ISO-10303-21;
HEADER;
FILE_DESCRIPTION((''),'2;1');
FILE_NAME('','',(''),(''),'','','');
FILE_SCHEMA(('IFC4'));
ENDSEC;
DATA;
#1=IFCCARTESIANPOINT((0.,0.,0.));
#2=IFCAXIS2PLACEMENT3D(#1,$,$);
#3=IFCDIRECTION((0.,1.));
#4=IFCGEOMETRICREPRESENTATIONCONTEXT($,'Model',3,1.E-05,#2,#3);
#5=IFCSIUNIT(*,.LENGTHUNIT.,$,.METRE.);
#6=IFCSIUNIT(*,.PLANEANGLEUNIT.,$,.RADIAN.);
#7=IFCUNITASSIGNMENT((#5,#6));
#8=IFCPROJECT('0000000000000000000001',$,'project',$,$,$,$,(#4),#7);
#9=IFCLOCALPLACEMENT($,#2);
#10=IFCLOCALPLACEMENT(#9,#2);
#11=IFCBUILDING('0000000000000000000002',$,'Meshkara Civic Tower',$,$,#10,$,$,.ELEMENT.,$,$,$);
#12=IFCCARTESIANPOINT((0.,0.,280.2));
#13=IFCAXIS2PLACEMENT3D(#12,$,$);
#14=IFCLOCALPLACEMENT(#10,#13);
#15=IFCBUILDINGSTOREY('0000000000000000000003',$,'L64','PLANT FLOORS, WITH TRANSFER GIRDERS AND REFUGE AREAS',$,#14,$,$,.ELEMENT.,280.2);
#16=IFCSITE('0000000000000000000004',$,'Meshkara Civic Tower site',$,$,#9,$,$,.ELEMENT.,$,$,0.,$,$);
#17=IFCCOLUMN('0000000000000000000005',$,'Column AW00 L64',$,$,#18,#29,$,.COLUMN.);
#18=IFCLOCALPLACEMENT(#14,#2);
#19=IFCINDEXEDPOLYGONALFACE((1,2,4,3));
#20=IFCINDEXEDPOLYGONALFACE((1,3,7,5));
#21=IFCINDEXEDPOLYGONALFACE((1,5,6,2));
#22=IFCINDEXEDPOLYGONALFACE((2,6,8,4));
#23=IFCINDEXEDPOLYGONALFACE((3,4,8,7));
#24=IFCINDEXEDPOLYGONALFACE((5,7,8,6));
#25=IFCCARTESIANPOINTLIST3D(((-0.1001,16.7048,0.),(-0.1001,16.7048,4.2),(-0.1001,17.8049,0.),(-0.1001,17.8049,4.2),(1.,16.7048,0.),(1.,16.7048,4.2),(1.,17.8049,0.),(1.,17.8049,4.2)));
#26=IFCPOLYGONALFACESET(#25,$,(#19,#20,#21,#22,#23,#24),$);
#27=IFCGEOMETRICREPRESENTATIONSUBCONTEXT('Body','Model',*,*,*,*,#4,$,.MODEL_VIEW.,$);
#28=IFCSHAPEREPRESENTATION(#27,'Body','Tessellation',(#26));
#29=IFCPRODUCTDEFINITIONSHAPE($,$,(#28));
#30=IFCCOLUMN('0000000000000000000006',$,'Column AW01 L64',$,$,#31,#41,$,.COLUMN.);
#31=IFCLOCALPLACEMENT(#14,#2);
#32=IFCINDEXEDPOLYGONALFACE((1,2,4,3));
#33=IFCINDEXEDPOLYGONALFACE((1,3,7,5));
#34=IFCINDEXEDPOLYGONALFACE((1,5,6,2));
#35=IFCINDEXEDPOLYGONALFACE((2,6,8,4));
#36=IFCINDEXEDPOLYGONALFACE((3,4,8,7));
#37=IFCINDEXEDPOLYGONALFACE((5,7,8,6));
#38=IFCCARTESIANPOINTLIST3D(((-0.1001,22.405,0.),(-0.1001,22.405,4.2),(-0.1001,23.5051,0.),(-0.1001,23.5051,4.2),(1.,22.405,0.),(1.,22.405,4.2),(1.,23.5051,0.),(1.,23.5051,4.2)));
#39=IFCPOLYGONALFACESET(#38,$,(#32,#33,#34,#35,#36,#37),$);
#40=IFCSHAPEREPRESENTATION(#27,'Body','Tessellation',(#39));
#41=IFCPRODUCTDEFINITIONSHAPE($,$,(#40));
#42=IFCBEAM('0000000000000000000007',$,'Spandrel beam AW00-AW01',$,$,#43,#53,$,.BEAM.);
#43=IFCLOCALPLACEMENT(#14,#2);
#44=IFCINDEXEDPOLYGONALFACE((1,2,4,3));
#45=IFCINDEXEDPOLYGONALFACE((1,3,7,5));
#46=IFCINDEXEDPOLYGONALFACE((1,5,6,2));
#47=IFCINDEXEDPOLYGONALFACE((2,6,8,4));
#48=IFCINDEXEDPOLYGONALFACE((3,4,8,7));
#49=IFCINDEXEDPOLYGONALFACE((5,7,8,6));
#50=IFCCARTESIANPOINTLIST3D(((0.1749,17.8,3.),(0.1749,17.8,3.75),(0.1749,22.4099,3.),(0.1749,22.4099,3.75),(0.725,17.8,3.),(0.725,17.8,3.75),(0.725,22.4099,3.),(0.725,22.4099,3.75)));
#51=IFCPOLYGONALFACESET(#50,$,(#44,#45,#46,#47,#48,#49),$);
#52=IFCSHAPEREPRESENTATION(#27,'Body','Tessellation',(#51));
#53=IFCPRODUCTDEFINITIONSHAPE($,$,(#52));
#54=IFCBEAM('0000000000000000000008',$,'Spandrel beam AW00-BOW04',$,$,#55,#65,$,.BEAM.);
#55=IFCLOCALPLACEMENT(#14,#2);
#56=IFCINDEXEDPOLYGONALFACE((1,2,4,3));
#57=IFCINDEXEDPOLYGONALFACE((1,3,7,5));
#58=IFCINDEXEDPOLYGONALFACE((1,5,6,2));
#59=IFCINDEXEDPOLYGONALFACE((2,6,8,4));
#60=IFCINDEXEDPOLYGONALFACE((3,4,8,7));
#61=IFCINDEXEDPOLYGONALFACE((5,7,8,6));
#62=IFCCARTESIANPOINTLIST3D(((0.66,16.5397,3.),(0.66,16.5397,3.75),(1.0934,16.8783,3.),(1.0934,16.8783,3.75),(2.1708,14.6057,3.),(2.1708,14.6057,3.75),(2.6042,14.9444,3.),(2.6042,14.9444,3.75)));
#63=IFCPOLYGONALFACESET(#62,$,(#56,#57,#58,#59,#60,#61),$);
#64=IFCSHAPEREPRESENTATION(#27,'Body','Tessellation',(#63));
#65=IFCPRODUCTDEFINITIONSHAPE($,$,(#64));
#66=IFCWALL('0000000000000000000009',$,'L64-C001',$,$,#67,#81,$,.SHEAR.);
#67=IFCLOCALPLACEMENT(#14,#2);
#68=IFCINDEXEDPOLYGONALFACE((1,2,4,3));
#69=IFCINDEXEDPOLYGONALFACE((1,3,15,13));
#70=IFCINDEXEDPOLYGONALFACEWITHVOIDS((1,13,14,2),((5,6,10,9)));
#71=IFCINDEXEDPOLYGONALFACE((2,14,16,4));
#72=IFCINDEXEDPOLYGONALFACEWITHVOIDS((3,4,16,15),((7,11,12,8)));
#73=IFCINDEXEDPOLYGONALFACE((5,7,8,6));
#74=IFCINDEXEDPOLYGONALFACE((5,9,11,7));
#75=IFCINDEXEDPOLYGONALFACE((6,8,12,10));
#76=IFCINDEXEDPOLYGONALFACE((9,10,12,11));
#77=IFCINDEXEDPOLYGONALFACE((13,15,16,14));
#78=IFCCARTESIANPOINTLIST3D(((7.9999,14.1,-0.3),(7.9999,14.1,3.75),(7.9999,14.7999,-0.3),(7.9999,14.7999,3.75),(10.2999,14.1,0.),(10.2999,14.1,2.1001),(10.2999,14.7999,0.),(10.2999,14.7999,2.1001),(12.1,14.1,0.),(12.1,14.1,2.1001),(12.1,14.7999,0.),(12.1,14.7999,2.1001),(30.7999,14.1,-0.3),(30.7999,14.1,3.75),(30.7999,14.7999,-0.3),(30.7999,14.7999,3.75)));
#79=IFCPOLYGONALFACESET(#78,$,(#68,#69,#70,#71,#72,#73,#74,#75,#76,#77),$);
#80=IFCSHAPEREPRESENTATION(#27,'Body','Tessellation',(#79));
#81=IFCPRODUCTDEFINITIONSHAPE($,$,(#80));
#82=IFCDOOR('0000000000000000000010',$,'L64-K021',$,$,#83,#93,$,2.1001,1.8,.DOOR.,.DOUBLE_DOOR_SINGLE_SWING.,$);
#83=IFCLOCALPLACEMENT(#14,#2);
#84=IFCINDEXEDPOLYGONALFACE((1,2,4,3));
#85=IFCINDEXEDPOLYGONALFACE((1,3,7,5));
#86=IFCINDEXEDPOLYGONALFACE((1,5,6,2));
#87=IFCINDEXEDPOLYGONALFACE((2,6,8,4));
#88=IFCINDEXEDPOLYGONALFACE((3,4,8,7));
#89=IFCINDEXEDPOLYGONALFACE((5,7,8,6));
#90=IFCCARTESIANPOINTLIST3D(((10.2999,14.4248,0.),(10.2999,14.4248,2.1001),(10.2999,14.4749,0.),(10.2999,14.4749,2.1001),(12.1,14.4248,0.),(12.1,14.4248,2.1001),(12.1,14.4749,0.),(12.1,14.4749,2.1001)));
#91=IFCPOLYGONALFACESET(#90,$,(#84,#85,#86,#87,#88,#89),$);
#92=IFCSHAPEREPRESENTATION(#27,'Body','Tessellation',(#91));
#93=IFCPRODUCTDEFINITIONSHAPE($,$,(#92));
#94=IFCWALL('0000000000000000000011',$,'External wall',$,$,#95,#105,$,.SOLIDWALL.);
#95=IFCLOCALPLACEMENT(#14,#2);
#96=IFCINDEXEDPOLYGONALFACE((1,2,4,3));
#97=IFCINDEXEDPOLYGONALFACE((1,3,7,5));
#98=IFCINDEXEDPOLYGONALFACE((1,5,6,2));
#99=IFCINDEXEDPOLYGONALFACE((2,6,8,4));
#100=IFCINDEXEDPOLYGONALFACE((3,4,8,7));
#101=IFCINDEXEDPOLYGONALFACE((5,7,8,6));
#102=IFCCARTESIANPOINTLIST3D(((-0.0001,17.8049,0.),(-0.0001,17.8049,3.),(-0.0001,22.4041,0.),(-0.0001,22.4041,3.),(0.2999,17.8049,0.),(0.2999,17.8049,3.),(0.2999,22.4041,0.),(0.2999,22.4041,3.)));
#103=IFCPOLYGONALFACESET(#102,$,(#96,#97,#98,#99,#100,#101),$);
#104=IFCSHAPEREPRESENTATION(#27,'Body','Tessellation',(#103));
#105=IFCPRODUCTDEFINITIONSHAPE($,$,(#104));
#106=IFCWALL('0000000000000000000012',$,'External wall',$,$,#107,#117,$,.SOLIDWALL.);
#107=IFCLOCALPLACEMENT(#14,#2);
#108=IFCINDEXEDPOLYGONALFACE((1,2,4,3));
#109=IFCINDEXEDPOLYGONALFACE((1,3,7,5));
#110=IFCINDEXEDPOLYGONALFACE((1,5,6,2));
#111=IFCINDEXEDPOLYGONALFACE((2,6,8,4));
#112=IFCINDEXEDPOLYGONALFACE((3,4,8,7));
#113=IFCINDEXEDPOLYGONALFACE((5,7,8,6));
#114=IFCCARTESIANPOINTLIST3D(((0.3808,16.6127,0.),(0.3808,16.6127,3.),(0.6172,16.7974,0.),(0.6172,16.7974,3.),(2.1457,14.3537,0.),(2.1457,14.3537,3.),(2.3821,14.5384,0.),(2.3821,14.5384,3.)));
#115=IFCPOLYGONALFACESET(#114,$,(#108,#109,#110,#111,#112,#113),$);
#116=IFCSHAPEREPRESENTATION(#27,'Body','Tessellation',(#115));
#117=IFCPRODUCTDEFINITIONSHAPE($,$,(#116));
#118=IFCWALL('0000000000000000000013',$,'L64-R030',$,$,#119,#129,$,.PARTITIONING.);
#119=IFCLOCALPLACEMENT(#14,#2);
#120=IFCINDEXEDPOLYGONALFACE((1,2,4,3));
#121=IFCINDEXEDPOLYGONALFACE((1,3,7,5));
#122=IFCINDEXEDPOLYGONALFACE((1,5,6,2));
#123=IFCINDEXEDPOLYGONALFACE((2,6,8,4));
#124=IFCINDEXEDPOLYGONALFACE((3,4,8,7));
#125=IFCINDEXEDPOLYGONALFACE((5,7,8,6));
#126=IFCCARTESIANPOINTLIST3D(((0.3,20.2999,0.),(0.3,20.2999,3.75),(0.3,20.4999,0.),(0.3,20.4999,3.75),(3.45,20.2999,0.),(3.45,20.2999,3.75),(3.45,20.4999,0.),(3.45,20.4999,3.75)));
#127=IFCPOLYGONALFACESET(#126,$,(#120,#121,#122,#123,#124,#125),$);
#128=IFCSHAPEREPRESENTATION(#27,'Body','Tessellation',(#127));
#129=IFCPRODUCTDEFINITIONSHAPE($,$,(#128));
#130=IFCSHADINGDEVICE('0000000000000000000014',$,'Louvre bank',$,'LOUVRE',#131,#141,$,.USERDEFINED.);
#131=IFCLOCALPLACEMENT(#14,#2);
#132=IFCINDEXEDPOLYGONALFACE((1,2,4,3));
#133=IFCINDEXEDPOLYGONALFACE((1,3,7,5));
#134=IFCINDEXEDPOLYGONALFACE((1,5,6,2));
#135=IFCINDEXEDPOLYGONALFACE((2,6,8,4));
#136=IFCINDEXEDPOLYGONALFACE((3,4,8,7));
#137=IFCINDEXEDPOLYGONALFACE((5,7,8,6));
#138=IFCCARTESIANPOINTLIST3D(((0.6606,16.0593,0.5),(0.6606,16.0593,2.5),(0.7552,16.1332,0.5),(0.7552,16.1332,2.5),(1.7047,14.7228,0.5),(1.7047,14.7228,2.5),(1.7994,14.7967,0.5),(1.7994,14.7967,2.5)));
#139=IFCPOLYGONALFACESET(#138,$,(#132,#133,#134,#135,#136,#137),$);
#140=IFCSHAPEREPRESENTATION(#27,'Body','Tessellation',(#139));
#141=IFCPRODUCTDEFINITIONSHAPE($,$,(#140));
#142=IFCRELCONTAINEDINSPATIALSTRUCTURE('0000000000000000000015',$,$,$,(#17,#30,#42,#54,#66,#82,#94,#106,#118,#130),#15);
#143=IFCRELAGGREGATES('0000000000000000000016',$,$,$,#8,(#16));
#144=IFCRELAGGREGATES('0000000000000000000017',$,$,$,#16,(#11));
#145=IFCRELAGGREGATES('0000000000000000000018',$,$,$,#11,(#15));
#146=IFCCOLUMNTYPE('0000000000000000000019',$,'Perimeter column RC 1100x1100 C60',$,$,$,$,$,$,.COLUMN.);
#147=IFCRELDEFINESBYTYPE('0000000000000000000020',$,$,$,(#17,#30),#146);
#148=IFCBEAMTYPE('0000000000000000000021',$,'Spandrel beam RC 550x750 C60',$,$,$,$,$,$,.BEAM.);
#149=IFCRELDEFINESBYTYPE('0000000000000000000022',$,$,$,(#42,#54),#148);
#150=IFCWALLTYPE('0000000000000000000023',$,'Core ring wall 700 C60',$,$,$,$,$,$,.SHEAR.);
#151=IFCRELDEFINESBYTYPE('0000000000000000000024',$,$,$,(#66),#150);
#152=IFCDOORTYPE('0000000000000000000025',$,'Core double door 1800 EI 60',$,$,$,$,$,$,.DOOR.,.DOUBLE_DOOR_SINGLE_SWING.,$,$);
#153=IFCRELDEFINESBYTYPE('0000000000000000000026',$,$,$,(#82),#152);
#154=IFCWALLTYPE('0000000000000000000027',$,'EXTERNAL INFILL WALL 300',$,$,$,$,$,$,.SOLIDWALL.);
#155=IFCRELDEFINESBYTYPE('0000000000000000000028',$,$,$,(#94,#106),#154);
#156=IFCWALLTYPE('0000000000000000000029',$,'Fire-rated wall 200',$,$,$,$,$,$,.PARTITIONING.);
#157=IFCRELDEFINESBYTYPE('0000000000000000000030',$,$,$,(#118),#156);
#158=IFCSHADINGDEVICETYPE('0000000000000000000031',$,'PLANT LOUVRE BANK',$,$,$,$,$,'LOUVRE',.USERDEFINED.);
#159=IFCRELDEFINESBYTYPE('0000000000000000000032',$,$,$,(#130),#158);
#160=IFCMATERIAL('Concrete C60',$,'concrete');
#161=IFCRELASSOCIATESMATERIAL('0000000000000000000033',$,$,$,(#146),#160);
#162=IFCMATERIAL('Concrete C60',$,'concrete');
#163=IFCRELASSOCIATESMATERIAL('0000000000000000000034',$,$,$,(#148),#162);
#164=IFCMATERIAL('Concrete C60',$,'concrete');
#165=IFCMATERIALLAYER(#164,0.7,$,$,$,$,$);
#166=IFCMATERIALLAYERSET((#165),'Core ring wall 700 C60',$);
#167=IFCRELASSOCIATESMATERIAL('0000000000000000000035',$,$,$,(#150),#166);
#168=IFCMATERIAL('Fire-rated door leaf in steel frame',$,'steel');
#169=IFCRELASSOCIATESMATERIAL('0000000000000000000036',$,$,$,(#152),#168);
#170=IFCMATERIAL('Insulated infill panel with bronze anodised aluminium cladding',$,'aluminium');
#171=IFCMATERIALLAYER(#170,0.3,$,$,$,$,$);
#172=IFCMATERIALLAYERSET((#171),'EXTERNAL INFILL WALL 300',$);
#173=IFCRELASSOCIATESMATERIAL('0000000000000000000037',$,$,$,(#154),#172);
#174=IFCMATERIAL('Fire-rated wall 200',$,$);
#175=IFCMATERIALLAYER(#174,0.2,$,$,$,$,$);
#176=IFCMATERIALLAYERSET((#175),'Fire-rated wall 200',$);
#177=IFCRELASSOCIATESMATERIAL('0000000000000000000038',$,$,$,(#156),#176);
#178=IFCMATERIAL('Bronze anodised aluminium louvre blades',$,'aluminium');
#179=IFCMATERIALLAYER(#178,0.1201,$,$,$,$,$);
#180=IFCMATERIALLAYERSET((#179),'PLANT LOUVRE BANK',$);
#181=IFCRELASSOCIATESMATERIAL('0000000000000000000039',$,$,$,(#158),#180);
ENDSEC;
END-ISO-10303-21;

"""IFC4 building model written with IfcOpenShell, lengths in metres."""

from ifc_helpers import new_model, si_unit, direction, frame, frame_2d, origin, origin_2d, place, context, subcontext, project, spatial, rectangle, extrude, material, layer, layer_set, material_profile, profile_set, type_object, element, fill, save


model = new_model("IFC4")

# Units and contexts
model_context = context("Model", 3, precision=1e-05, world=origin(), true_north=direction((0.0, 1.0)))
body_context = subcontext(model_context, "Body", "Model", "MODEL_VIEW")
ifc_project = project(units=[si_unit("LENGTHUNIT", "METRE"), si_unit("PLANEANGLEUNIT", "RADIAN")], contexts=[model_context])

# Site, building, storey
site_placement = place(None, origin())
site = spatial("IfcSite", under=ifc_project, at=site_placement, Name="Meshkara Civic Tower site", CompositionType="ELEMENT", RefElevation=0.0)
building_placement = place(site_placement, origin())
building = spatial("IfcBuilding", under=site, at=building_placement, Name="Meshkara Civic Tower", CompositionType="ELEMENT")
storey_placement = place(building_placement, frame((0.0, 0.0, 280.2)))
storey = spatial("IfcBuildingStorey", under=building, at=storey_placement, Name="L64", Description="PLANT FLOORS, WITH TRANSFER GIRDERS AND REFUGE AREAS", CompositionType="ELEMENT", Elevation=280.2)

# Columns
ifc_material_1 = material(Name="Concrete C60", Category="concrete")
ifc_material_profile_1 = material_profile(ifc_material_1, rectangle(XDim=1.1001, YDim=1.1001, at=origin_2d()))
ifc_profile_set_1 = profile_set([ifc_material_profile_1], Name="Concrete C60")
column_type = type_object("IfcColumnType", Name="Perimeter column RC 1100x1100 C60", PredefinedType="COLUMN", material=ifc_profile_set_1)
for number, where, z_axis, x_axis, name in (
    (1, (0.45, 17.2549, 0.0), (0.0, 0.0, 1.0), (1.0, 0.0, 0.0), "Column AW00 L64"),
    (2, (0.45, 22.9551, 0.0), (0.0, 0.0, 1.0), (1.0, 0.0, 0.0), "Column AW01 L64"),
):
    element("IfcColumn", number, at=place(storey_placement, frame(where, z_axis=z_axis, x_axis=x_axis)), inside=storey, type_object=column_type, Name=name, PredefinedType="COLUMN", context=body_context, shape_type="SweptSolid", body=[
        extrude(rectangle(XDim=1.1001, YDim=1.1001, at=origin_2d()), origin(), (0.0, 0.0, 1.0), 4.2),
    ])

# Beams
ifc_material_2 = material(Name="Concrete C60", Category="concrete")
ifc_material_profile_2 = material_profile(ifc_material_2, rectangle(XDim=0.55, YDim=0.75, at=origin_2d()))
ifc_profile_set_2 = profile_set([ifc_material_profile_2], Name="Concrete C60")
beam_type = type_object("IfcBeamType", Name="Spandrel beam RC 550x750 C60", PredefinedType="BEAM", material=ifc_profile_set_2)
beam_1_placement = place(storey_placement, frame((0.45, 22.4099, 3.375), z_axis=(0.0, -1.0, 0.0), x_axis=(1.0, 0.0, 0.0)))
element("IfcBeam", 3, at=beam_1_placement, inside=storey, type_object=beam_type, Name="Spandrel beam AW00-AW01", PredefinedType="BEAM", context=body_context, shape_type="SweptSolid", body=[
    extrude(rectangle(XDim=0.55, YDim=0.75, at=origin_2d()), origin(), (0.0, 0.0, 1.0), 4.6099),
])
beam_2_placement = place(storey_placement, frame((0.8767, 16.709, 3.375), z_axis=(0.615627, -0.788038, 0.0), x_axis=(0.788038, 0.615627, 0.0)))
element("IfcBeam", 4, at=beam_2_placement, inside=storey, type_object=beam_type, Name="Spandrel beam AW00-BOW04", PredefinedType="BEAM", context=body_context, shape_type="SweptSolid", body=[
    extrude(rectangle(XDim=0.55, YDim=0.75, at=origin_2d()), origin(), (0.0, 0.0, 1.0), 2.4541),
])

# Wall, opening, door
ifc_material_3 = material(Name="Concrete C60", Category="concrete")
ifc_layer_1 = layer(ifc_material_3, 0.7)
ifc_layer_set_1 = layer_set([ifc_layer_1], Name="Core ring wall 700 C60")
wall_type_1 = type_object("IfcWallType", Name="Core ring wall 700 C60", PredefinedType="SHEAR", material=ifc_layer_set_1)
wall_1_placement = place(storey_placement, frame((8.0, 14.45, -0.3), z_axis=(0.0, 0.0, 1.0), x_axis=(1.0, 0.0, 0.0)))
wall_1 = element("IfcWall", 5, at=wall_1_placement, inside=storey, type_object=wall_type_1, Name="L64-C001", PredefinedType="SHEAR", context=body_context, shape_type="SweptSolid", body=[
    extrude(rectangle(XDim=22.8, YDim=0.7, at=frame_2d((11.3999, 0.0))), origin(), (0.0, 0.0, 1.0), 4.05),
])
opening_placement = place(wall_1_placement, frame((2.3, 0.0, 0.3)))
opening = element("IfcOpeningElement", 6, at=opening_placement, cuts=wall_1, PredefinedType="OPENING", context=body_context, shape_type="SweptSolid", body=[
    extrude(rectangle(XDim=1.8, YDim=2.1001, at=frame_2d((0.8999, 1.05))), frame((0.0, 0.3599, 0.0), z_axis=(0.0, -1.0, 0.0), x_axis=(1.0, 0.0, 0.0)), (0.0, 0.0, 1.0), 0.72),
])
ifc_material_4 = material(Name="Fire-rated door leaf in steel frame", Category="steel")
door_type = type_object("IfcDoorType", Name="Core double door 1800 EI 60", OperationType="DOUBLE_DOOR_SINGLE_SWING", PredefinedType="DOOR", material=ifc_material_4)
door_placement = place(opening_placement, origin())
door = element("IfcDoor", 7, at=door_placement, inside=storey, type_object=door_type, Name="L64-K021", OperationType="DOUBLE_DOOR_SINGLE_SWING", OverallHeight=2.1001, OverallWidth=1.8, PredefinedType="DOOR", context=body_context, shape_type="SweptSolid", body=[
    extrude(rectangle(XDim=1.8, YDim=2.1001, at=frame_2d((0.8999, 1.05))), frame((0.0, 0.0249, 0.0), z_axis=(0.0, -1.0, 0.0), x_axis=(1.0, 0.0, 0.0)), (0.0, 0.0, 1.0), 0.05),
])
fill(opening, door)

# Walls
ifc_material_5 = material(Name="Insulated infill panel with bronze anodised aluminium cladding", Category="aluminium")
ifc_layer_2 = layer(ifc_material_5, 0.3)
ifc_layer_set_2 = layer_set([ifc_layer_2], Name="EXTERNAL INFILL WALL 300")
wall_type_2 = type_object("IfcWallType", Name="EXTERNAL INFILL WALL 300", PredefinedType="SOLIDWALL", material=ifc_layer_set_2)
wall_2_placement = place(storey_placement, frame((0.1499, 22.4041, 0.0), z_axis=(0.0, 0.0, 1.0), x_axis=(0.0, -1.0, 0.0)))
element("IfcWall", 8, at=wall_2_placement, inside=storey, type_object=wall_type_2, Name="External wall", PredefinedType="SOLIDWALL", context=body_context, shape_type="SweptSolid", body=[
    extrude(rectangle(XDim=4.5991, YDim=0.3, at=frame_2d((2.2996, 0.0))), origin(), (0.0, 0.0, 1.0), 3.0),
])
wall_3_placement = place(storey_placement, frame((0.499, 16.7051, 0.0), z_axis=(0.0, 0.0, 1.0), x_axis=(0.615649, -0.788021, 0.0)))
element("IfcWall", 9, at=wall_3_placement, inside=storey, type_object=wall_type_2, Name="External wall", PredefinedType="SOLIDWALL", context=body_context, shape_type="SweptSolid", body=[
    extrude(rectangle(XDim=2.8667, YDim=0.3, at=frame_2d((1.4333, 0.0))), origin(), (0.0, 0.0, 1.0), 3.0),
])
ifc_material_6 = material(Name="Fire-rated wall 200")
ifc_layer_3 = layer(ifc_material_6, 0.2)
ifc_layer_set_3 = layer_set([ifc_layer_3], Name="Fire-rated wall 200")
wall_type_3 = type_object("IfcWallType", Name="Fire-rated wall 200", PredefinedType="PARTITIONING", material=ifc_layer_set_3)
wall_4_placement = place(storey_placement, frame((3.45, 20.3999, 0.0), z_axis=(0.0, 0.0, 1.0), x_axis=(-1.0, 0.0, 0.0)))
element("IfcWall", 10, at=wall_4_placement, inside=storey, type_object=wall_type_3, Name="L64-R030", PredefinedType="PARTITIONING", context=body_context, shape_type="SweptSolid", body=[
    extrude(rectangle(XDim=3.1499, YDim=0.2, at=frame_2d((1.575, 0.0))), origin(), (0.0, 0.0, 1.0), 3.75),
])

# Shading device
ifc_material_7 = material(Name="Bronze anodised aluminium louvre blades", Category="aluminium")
ifc_layer_4 = layer(ifc_material_7, 0.1201)
ifc_layer_set_4 = layer_set([ifc_layer_4], Name="PLANT LOUVRE BANK")
shading_device_type = type_object("IfcShadingDeviceType", Name="PLANT LOUVRE BANK", ElementType="LOUVRE", PredefinedType="USERDEFINED", material=ifc_layer_set_4)
shading_device_placement = place(storey_placement, frame((1.23, 15.428, 0.5), z_axis=(0.0, 0.0, 1.0), x_axis=(0.615661, -0.788011, 0.0)))
element("IfcShadingDevice", 11, at=shading_device_placement, inside=storey, type_object=shading_device_type, Name="Louvre bank", ObjectType="LOUVRE", PredefinedType="USERDEFINED", context=body_context, shape_type="SweptSolid", body=[
    extrude(rectangle(XDim=1.696, YDim=0.1201, at=origin_2d()), origin(), (0.0, 0.0, 1.0), 2.0),
])

save(model, "model.ifc")
